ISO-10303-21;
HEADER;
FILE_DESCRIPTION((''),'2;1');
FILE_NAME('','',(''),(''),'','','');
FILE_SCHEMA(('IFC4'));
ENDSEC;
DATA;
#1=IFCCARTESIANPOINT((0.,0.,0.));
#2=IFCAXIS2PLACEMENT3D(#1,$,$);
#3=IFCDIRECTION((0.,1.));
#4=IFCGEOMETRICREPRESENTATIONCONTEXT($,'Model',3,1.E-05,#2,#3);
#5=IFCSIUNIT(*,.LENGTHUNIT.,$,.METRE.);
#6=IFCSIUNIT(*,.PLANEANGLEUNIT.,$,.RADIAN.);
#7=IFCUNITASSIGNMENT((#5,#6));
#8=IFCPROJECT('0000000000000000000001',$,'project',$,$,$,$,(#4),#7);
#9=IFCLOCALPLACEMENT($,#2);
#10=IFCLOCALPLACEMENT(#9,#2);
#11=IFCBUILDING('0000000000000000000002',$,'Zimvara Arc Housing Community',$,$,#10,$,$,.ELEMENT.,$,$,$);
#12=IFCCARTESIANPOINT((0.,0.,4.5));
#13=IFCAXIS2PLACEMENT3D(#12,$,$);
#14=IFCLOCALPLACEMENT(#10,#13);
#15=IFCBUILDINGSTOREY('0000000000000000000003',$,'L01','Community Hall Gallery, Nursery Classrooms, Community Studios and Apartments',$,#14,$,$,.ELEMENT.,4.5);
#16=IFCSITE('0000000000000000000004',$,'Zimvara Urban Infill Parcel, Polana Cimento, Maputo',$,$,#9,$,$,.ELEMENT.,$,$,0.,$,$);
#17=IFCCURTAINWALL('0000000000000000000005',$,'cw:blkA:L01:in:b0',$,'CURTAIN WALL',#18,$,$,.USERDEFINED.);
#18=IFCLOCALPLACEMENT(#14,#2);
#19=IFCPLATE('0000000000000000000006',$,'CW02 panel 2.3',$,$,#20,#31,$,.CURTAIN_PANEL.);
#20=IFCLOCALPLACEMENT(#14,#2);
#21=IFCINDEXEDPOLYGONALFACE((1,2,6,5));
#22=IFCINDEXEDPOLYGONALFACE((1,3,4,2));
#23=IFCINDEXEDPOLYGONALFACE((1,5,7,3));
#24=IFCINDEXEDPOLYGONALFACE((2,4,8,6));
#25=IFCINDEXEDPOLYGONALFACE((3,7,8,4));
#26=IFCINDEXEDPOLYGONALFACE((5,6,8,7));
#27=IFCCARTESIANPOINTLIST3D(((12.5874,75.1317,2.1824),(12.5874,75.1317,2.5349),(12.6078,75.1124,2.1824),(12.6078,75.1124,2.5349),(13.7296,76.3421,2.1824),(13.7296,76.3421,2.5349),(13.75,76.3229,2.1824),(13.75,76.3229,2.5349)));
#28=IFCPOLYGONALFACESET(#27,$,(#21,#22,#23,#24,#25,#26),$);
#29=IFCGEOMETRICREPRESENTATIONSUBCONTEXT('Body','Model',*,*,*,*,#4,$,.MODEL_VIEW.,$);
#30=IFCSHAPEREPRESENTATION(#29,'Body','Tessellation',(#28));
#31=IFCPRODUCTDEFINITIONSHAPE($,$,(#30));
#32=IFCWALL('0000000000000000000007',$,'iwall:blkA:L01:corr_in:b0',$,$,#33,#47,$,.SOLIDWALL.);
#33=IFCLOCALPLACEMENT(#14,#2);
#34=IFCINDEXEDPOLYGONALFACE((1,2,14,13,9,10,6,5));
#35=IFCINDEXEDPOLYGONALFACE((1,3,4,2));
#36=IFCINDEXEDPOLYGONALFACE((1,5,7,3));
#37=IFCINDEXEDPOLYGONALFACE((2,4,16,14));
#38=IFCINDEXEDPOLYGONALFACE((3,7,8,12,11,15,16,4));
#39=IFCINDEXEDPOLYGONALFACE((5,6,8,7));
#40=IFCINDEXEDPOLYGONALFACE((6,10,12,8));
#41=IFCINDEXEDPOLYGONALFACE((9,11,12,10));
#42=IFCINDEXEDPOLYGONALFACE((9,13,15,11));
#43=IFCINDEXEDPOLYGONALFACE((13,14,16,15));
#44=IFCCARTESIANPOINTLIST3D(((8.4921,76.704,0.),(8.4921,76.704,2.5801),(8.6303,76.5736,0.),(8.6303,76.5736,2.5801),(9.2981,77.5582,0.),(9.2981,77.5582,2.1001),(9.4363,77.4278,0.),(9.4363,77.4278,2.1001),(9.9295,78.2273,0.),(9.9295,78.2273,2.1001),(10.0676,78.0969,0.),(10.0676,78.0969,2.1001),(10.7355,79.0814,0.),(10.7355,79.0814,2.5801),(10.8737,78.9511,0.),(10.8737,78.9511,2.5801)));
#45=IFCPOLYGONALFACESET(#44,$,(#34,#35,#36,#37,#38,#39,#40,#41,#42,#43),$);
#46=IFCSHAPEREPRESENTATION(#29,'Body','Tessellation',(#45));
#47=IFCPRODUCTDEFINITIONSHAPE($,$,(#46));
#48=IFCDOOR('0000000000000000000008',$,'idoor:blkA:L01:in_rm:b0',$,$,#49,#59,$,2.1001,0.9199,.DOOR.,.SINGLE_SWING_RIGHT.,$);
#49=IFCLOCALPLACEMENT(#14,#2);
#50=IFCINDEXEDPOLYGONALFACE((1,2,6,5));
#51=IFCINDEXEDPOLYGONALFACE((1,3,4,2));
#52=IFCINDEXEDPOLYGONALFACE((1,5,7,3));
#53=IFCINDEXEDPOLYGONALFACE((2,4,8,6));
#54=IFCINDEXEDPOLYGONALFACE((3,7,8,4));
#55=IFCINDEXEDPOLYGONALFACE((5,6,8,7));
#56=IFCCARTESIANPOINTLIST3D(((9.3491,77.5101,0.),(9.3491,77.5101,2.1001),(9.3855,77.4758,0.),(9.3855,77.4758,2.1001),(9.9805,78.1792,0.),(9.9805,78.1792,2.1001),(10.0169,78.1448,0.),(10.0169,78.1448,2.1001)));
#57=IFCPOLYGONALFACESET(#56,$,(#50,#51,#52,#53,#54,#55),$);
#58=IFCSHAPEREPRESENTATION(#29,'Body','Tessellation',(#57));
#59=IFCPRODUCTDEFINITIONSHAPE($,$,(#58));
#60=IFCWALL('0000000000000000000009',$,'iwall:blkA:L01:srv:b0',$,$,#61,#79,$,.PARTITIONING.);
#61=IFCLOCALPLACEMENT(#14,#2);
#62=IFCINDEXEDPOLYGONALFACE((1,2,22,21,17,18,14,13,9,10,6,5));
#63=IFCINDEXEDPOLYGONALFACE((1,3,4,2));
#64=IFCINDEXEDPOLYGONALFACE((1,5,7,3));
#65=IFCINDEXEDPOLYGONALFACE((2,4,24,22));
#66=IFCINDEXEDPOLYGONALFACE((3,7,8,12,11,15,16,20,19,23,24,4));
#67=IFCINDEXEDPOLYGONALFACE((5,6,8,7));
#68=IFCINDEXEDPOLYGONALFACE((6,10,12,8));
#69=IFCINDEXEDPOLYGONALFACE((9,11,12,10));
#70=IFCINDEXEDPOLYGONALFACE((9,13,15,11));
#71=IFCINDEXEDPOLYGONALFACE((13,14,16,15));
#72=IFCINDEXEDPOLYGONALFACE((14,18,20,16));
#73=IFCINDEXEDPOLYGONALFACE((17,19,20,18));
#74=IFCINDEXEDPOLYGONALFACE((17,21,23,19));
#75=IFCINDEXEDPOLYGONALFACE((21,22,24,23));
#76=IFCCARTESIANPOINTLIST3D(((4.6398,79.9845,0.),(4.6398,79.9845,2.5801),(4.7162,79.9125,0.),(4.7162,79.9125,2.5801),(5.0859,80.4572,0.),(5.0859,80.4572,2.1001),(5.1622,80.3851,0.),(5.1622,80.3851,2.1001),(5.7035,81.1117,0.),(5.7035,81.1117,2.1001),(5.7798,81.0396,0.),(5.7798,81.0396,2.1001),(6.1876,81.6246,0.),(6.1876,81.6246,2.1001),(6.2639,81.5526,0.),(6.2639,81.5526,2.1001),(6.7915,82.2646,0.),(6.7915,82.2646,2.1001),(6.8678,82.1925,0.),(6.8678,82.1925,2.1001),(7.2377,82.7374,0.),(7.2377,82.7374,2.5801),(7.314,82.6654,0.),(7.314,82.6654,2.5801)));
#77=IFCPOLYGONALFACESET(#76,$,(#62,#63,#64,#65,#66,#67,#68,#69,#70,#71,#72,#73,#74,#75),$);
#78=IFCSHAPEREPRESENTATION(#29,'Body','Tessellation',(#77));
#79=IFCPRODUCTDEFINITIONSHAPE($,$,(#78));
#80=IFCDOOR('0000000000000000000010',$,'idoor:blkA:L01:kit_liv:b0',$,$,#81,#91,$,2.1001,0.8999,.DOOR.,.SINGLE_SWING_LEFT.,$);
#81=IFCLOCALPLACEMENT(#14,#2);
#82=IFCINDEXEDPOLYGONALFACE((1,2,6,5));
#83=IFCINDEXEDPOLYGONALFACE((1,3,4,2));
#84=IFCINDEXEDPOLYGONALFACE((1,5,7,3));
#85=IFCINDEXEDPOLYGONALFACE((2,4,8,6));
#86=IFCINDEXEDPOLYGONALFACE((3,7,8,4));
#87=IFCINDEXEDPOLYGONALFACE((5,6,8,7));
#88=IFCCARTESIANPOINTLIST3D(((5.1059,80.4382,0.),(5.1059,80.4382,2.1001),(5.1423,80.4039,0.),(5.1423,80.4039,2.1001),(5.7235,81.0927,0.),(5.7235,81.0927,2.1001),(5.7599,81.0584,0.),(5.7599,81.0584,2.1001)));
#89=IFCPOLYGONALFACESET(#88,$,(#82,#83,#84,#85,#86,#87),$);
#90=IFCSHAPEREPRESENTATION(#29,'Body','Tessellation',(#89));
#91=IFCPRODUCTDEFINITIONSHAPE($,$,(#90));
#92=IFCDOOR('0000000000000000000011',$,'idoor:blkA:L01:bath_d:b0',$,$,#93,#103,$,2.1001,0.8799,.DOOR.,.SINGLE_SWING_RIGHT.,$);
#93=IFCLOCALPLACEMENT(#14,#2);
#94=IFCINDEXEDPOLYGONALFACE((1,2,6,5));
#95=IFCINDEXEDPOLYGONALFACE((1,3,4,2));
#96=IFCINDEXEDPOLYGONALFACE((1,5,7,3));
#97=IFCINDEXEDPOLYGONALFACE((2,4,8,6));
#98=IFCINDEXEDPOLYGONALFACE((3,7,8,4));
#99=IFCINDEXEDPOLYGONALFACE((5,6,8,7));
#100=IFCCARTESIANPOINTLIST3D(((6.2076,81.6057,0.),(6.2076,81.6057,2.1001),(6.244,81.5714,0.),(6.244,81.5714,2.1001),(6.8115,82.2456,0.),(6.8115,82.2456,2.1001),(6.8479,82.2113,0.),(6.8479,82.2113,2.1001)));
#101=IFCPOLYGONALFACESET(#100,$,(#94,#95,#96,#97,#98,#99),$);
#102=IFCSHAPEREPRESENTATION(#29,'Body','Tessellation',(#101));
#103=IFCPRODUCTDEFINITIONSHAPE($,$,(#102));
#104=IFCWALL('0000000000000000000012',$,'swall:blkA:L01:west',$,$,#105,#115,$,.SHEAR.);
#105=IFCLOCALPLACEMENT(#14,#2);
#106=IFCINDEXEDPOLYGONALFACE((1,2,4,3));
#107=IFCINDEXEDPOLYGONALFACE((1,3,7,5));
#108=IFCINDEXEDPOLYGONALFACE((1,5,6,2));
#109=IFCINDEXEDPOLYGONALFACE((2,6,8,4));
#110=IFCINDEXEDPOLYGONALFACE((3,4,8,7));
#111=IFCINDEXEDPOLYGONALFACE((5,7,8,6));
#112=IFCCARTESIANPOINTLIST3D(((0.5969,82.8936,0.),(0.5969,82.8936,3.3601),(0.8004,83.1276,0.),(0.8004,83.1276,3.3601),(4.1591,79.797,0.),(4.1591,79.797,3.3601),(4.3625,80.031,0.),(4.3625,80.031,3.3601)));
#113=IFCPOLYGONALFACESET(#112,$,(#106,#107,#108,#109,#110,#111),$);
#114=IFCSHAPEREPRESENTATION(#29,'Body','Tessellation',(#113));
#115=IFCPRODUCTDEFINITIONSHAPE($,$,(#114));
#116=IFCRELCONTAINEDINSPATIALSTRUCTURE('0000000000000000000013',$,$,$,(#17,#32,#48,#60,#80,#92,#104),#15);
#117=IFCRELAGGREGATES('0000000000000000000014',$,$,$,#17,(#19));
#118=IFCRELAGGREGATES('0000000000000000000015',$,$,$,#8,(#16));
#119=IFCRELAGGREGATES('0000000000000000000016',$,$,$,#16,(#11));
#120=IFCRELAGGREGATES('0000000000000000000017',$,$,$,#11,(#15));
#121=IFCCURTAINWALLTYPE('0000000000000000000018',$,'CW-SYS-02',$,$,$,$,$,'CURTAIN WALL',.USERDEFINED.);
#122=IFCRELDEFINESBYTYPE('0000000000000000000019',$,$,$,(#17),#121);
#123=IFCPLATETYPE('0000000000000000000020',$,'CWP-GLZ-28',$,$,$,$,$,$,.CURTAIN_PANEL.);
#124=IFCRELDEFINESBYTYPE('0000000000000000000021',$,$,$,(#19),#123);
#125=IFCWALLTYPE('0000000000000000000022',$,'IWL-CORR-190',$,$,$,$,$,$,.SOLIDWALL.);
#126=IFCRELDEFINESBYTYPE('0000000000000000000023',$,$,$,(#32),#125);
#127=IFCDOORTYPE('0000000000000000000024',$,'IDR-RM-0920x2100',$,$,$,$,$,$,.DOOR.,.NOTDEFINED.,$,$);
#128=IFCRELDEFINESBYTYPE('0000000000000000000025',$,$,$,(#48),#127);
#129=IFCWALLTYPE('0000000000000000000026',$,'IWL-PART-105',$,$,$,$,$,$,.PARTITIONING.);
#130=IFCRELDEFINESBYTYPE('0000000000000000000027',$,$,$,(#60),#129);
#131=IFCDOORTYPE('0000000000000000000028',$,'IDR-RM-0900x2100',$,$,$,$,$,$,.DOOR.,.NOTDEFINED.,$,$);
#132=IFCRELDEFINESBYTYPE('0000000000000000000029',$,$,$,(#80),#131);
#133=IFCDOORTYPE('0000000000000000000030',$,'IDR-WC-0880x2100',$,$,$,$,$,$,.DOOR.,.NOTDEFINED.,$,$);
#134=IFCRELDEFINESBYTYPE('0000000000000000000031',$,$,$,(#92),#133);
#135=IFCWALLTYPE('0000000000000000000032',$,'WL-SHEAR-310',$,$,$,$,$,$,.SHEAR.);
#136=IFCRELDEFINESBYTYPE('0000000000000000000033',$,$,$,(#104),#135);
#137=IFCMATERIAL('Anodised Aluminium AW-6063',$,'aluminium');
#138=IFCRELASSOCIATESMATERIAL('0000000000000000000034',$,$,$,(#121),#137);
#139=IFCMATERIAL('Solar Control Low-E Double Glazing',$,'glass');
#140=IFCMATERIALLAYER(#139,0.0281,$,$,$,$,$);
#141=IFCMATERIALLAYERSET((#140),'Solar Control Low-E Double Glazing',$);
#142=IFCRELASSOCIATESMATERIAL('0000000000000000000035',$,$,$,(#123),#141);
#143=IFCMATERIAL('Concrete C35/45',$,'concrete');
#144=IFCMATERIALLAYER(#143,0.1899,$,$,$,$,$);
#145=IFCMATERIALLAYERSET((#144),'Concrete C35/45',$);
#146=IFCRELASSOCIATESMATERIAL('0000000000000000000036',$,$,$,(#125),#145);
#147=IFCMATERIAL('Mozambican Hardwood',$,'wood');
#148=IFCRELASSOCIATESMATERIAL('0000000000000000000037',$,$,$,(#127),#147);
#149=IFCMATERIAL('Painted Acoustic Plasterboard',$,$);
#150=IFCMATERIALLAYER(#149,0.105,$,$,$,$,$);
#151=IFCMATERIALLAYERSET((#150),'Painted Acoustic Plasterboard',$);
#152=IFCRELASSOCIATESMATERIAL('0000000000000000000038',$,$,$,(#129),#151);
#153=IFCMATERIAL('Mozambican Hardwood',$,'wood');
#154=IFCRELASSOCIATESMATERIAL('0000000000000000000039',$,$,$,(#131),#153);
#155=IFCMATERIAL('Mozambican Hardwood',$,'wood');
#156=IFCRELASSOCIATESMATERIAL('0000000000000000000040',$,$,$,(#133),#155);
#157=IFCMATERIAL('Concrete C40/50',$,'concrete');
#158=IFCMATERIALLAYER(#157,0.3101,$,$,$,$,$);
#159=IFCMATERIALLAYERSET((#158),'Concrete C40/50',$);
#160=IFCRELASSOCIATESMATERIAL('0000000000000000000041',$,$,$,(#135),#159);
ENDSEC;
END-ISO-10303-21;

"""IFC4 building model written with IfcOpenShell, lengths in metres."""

from ifc_helpers import new_model, si_unit, direction, frame, frame_2d, origin, origin_2d, place, context, subcontext, project, spatial, rectangle, extrude, material, layer, layer_set, type_object, element, fill, aggregate, save


model = new_model("IFC4")

# Units and contexts
model_context = context("Model", 3, precision=1e-05, world=origin(), true_north=direction((0.0, 1.0)))
body_context = subcontext(model_context, "Body", "Model", "MODEL_VIEW")
ifc_project = project(units=[si_unit("LENGTHUNIT", "METRE"), si_unit("PLANEANGLEUNIT", "RADIAN")], contexts=[model_context])

# Site, building, storey
site_placement = place(None, origin())
site = spatial("IfcSite", under=ifc_project, at=site_placement, Name="Zimvara Urban Infill Parcel, Polana Cimento, Maputo", CompositionType="ELEMENT", RefElevation=0.0)
building_placement = place(site_placement, origin())
building = spatial("IfcBuilding", under=site, at=building_placement, Name="Zimvara Arc Housing Community", CompositionType="ELEMENT")
storey_placement = place(building_placement, frame((0.0, 0.0, 4.5)))
storey = spatial("IfcBuildingStorey", under=building, at=storey_placement, Name="L01", Description="Community Hall Gallery, Nursery Classrooms, Community Studios and Apartments", CompositionType="ELEMENT", Elevation=4.5)

# Curtain wall, plate
ifc_material_1 = material(Name="Anodised Aluminium AW-6063", Category="aluminium")
curtain_wall_type = type_object("IfcCurtainWallType", Name="CW-SYS-02", ElementType="CURTAIN WALL", PredefinedType="USERDEFINED", material=ifc_material_1)
curtain_wall_placement = place(storey_placement, origin())
curtain_wall = element("IfcCurtainWall", 1, at=curtain_wall_placement, inside=storey, type_object=curtain_wall_type, Name="cw:blkA:L01:in:b0", ObjectType="CURTAIN WALL", PredefinedType="USERDEFINED")
ifc_material_2 = material(Name="Solar Control Low-E Double Glazing", Category="glass")
ifc_layer_1 = layer(ifc_material_2, 0.0281)
ifc_layer_set_1 = layer_set([ifc_layer_1], Name="Solar Control Low-E Double Glazing")
plate_type = type_object("IfcPlateType", Name="CWP-GLZ-28", PredefinedType="CURTAIN_PANEL", material=ifc_layer_set_1)
plate_1_placement = place(storey_placement, frame((13.1687, 75.7273, 2.1824), z_axis=(0.0, 0.0, 1.0), x_axis=(0.686327, 0.727293, 0.0)))
plate_1 = element("IfcPlate", 2, at=plate_1_placement, type_object=plate_type, Name="CW02 panel 2.3", PredefinedType="CURTAIN_PANEL", context=body_context, shape_type="SweptSolid", body=[
    extrude(rectangle(XDim=1.6643, YDim=0.0281, at=origin_2d()), origin(), (0.0, 0.0, 1.0), 0.3525),
])
aggregate(curtain_wall, [plate_1])

# Wall, opening, door
ifc_material_3 = material(Name="Concrete C35/45", Category="concrete")
ifc_layer_2 = layer(ifc_material_3, 0.1899)
ifc_layer_set_2 = layer_set([ifc_layer_2], Name="Concrete C35/45")
wall_type_1 = type_object("IfcWallType", Name="IWL-CORR-190", PredefinedType="SOLIDWALL", material=ifc_layer_set_2)
wall_1_placement = place(storey_placement, frame((8.5613, 76.6389, 0.0), z_axis=(0.0, 0.0, 1.0), x_axis=(0.686308, 0.727311, 0.0)))
wall_1 = element("IfcWall", 3, at=wall_1_placement, inside=storey, type_object=wall_type_1, Name="iwall:blkA:L01:corr_in:b0", PredefinedType="SOLIDWALL", context=body_context, shape_type="SweptSolid", body=[
    extrude(rectangle(XDim=3.2688, YDim=0.1899, at=frame_2d((1.6343, 0.0))), origin(), (0.0, 0.0, 1.0), 2.5801),
])
opening_1_placement = place(wall_1_placement, frame((1.1743, 0.0, 0.0)))
opening_1 = element("IfcOpeningElement", 4, at=opening_1_placement, cuts=wall_1, PredefinedType="OPENING", context=body_context, shape_type="SweptSolid", body=[
    extrude(rectangle(XDim=0.9199, YDim=2.1001, at=frame_2d((0.46, 1.05))), frame((0.0, 0.105, 0.0), z_axis=(0.0, -1.0, 0.0), x_axis=(1.0, 0.0, 0.0)), (0.0, 0.0, 1.0), 0.21),
])
ifc_material_4 = material(Name="Mozambican Hardwood", Category="wood")
door_type_1 = type_object("IfcDoorType", Name="IDR-RM-0920x2100", OperationType="NOTDEFINED", PredefinedType="DOOR", material=ifc_material_4)
door_1_placement = place(opening_1_placement, origin())
door_1 = element("IfcDoor", 5, at=door_1_placement, inside=storey, type_object=door_type_1, Name="idoor:blkA:L01:in_rm:b0", OperationType="SINGLE_SWING_RIGHT", OverallHeight=2.1001, OverallWidth=0.9199, PredefinedType="DOOR", context=body_context, shape_type="SweptSolid", body=[
    extrude(rectangle(XDim=0.9199, YDim=2.1001, at=frame_2d((0.46, 1.05))), frame((0.0, 0.0249, 0.0), z_axis=(0.0, -1.0, 0.0), x_axis=(1.0, 0.0, 0.0)), (0.0, 0.0, 1.0), 0.05),
])
fill(opening_1, door_1)

# Wall, openings, doors
ifc_material_5 = material(Name="Painted Acoustic Plasterboard")
ifc_layer_3 = layer(ifc_material_5, 0.105)
ifc_layer_set_3 = layer_set([ifc_layer_3], Name="Painted Acoustic Plasterboard")
wall_type_2 = type_object("IfcWallType", Name="IWL-PART-105", PredefinedType="PARTITIONING", material=ifc_layer_set_3)
wall_2_placement = place(storey_placement, frame((4.678, 79.9485, 0.0), z_axis=(0.0, 0.0, 1.0), x_axis=(0.686332, 0.727289, 0.0)))
wall_2 = element("IfcWall", 6, at=wall_2_placement, inside=storey, type_object=wall_type_2, Name="iwall:blkA:L01:srv:b0", PredefinedType="PARTITIONING", context=body_context, shape_type="SweptSolid", body=[
    extrude(rectangle(XDim=3.7852, YDim=0.105, at=frame_2d((1.8926, 0.0))), origin(), (0.0, 0.0, 1.0), 2.5801),
])
opening_2_placement = place(wall_2_placement, frame((0.6499, 0.0, 0.0)))
opening_2 = element("IfcOpeningElement", 7, at=opening_2_placement, cuts=wall_2, PredefinedType="OPENING", context=body_context, shape_type="SweptSolid", body=[
    extrude(rectangle(XDim=0.8999, YDim=2.1001, at=frame_2d((0.45, 1.05))), frame((0.0, 0.0625, 0.0), z_axis=(0.0, -1.0, 0.0), x_axis=(1.0, 0.0, 0.0)), (0.0, 0.0, 1.0), 0.125),
])
opening_3_placement = place(wall_2_placement, frame((2.2551, 0.0, 0.0)))
opening_3 = element("IfcOpeningElement", 8, at=opening_3_placement, cuts=wall_2, PredefinedType="OPENING", context=body_context, shape_type="SweptSolid", body=[
    extrude(rectangle(XDim=0.8799, YDim=2.1001, at=frame_2d((0.4399, 1.05))), frame((0.0, 0.0625, 0.0), z_axis=(0.0, -1.0, 0.0), x_axis=(1.0, 0.0, 0.0)), (0.0, 0.0, 1.0), 0.125),
])
ifc_material_6 = material(Name="Mozambican Hardwood", Category="wood")
door_type_2 = type_object("IfcDoorType", Name="IDR-RM-0900x2100", OperationType="NOTDEFINED", PredefinedType="DOOR", material=ifc_material_6)
door_2_placement = place(opening_2_placement, origin())
door_2 = element("IfcDoor", 9, at=door_2_placement, inside=storey, type_object=door_type_2, Name="idoor:blkA:L01:kit_liv:b0", OperationType="SINGLE_SWING_LEFT", OverallHeight=2.1001, OverallWidth=0.8999, PredefinedType="DOOR", context=body_context, shape_type="SweptSolid", body=[
    extrude(rectangle(XDim=0.8999, YDim=2.1001, at=frame_2d((0.45, 1.05))), frame((0.0, 0.0249, 0.0), z_axis=(0.0, -1.0, 0.0), x_axis=(1.0, 0.0, 0.0)), (0.0, 0.0, 1.0), 0.05),
])
fill(opening_2, door_2)
ifc_material_7 = material(Name="Mozambican Hardwood", Category="wood")
door_type_3 = type_object("IfcDoorType", Name="IDR-WC-0880x2100", OperationType="NOTDEFINED", PredefinedType="DOOR", material=ifc_material_7)
door_3_placement = place(opening_3_placement, origin())
door_3 = element("IfcDoor", 10, at=door_3_placement, inside=storey, type_object=door_type_3, Name="idoor:blkA:L01:bath_d:b0", OperationType="SINGLE_SWING_RIGHT", OverallHeight=2.1001, OverallWidth=0.8799, PredefinedType="DOOR", context=body_context, shape_type="SweptSolid", body=[
    extrude(rectangle(XDim=0.8799, YDim=2.1001, at=frame_2d((0.4399, 1.05))), frame((0.0, 0.0249, 0.0), z_axis=(0.0, -1.0, 0.0), x_axis=(1.0, 0.0, 0.0)), (0.0, 0.0, 1.0), 0.05),
])
fill(opening_3, door_3)

# Wall
ifc_material_8 = material(Name="Concrete C40/50", Category="concrete")
ifc_layer_4 = layer(ifc_material_8, 0.3101)
ifc_layer_set_4 = layer_set([ifc_layer_4], Name="Concrete C40/50")
wall_type_3 = type_object("IfcWallType", Name="WL-SHEAR-310", PredefinedType="SHEAR", material=ifc_layer_set_4)
wall_3_placement = place(storey_placement, frame((4.2607, 79.9141, 0.0), z_axis=(0.0, 0.0, 1.0), x_axis=(-0.754704, 0.656066, 0.0)))
element("IfcWall", 11, at=wall_3_placement, inside=storey, type_object=wall_type_3, Name="swall:blkA:L01:west", PredefinedType="SHEAR", context=body_context, shape_type="SweptSolid", body=[
    extrude(rectangle(XDim=4.72, YDim=0.3101, at=frame_2d((2.3599, 0.0))), origin(), (0.0, 0.0, 1.0), 3.3601),
])

save(model, "model.ifc")
